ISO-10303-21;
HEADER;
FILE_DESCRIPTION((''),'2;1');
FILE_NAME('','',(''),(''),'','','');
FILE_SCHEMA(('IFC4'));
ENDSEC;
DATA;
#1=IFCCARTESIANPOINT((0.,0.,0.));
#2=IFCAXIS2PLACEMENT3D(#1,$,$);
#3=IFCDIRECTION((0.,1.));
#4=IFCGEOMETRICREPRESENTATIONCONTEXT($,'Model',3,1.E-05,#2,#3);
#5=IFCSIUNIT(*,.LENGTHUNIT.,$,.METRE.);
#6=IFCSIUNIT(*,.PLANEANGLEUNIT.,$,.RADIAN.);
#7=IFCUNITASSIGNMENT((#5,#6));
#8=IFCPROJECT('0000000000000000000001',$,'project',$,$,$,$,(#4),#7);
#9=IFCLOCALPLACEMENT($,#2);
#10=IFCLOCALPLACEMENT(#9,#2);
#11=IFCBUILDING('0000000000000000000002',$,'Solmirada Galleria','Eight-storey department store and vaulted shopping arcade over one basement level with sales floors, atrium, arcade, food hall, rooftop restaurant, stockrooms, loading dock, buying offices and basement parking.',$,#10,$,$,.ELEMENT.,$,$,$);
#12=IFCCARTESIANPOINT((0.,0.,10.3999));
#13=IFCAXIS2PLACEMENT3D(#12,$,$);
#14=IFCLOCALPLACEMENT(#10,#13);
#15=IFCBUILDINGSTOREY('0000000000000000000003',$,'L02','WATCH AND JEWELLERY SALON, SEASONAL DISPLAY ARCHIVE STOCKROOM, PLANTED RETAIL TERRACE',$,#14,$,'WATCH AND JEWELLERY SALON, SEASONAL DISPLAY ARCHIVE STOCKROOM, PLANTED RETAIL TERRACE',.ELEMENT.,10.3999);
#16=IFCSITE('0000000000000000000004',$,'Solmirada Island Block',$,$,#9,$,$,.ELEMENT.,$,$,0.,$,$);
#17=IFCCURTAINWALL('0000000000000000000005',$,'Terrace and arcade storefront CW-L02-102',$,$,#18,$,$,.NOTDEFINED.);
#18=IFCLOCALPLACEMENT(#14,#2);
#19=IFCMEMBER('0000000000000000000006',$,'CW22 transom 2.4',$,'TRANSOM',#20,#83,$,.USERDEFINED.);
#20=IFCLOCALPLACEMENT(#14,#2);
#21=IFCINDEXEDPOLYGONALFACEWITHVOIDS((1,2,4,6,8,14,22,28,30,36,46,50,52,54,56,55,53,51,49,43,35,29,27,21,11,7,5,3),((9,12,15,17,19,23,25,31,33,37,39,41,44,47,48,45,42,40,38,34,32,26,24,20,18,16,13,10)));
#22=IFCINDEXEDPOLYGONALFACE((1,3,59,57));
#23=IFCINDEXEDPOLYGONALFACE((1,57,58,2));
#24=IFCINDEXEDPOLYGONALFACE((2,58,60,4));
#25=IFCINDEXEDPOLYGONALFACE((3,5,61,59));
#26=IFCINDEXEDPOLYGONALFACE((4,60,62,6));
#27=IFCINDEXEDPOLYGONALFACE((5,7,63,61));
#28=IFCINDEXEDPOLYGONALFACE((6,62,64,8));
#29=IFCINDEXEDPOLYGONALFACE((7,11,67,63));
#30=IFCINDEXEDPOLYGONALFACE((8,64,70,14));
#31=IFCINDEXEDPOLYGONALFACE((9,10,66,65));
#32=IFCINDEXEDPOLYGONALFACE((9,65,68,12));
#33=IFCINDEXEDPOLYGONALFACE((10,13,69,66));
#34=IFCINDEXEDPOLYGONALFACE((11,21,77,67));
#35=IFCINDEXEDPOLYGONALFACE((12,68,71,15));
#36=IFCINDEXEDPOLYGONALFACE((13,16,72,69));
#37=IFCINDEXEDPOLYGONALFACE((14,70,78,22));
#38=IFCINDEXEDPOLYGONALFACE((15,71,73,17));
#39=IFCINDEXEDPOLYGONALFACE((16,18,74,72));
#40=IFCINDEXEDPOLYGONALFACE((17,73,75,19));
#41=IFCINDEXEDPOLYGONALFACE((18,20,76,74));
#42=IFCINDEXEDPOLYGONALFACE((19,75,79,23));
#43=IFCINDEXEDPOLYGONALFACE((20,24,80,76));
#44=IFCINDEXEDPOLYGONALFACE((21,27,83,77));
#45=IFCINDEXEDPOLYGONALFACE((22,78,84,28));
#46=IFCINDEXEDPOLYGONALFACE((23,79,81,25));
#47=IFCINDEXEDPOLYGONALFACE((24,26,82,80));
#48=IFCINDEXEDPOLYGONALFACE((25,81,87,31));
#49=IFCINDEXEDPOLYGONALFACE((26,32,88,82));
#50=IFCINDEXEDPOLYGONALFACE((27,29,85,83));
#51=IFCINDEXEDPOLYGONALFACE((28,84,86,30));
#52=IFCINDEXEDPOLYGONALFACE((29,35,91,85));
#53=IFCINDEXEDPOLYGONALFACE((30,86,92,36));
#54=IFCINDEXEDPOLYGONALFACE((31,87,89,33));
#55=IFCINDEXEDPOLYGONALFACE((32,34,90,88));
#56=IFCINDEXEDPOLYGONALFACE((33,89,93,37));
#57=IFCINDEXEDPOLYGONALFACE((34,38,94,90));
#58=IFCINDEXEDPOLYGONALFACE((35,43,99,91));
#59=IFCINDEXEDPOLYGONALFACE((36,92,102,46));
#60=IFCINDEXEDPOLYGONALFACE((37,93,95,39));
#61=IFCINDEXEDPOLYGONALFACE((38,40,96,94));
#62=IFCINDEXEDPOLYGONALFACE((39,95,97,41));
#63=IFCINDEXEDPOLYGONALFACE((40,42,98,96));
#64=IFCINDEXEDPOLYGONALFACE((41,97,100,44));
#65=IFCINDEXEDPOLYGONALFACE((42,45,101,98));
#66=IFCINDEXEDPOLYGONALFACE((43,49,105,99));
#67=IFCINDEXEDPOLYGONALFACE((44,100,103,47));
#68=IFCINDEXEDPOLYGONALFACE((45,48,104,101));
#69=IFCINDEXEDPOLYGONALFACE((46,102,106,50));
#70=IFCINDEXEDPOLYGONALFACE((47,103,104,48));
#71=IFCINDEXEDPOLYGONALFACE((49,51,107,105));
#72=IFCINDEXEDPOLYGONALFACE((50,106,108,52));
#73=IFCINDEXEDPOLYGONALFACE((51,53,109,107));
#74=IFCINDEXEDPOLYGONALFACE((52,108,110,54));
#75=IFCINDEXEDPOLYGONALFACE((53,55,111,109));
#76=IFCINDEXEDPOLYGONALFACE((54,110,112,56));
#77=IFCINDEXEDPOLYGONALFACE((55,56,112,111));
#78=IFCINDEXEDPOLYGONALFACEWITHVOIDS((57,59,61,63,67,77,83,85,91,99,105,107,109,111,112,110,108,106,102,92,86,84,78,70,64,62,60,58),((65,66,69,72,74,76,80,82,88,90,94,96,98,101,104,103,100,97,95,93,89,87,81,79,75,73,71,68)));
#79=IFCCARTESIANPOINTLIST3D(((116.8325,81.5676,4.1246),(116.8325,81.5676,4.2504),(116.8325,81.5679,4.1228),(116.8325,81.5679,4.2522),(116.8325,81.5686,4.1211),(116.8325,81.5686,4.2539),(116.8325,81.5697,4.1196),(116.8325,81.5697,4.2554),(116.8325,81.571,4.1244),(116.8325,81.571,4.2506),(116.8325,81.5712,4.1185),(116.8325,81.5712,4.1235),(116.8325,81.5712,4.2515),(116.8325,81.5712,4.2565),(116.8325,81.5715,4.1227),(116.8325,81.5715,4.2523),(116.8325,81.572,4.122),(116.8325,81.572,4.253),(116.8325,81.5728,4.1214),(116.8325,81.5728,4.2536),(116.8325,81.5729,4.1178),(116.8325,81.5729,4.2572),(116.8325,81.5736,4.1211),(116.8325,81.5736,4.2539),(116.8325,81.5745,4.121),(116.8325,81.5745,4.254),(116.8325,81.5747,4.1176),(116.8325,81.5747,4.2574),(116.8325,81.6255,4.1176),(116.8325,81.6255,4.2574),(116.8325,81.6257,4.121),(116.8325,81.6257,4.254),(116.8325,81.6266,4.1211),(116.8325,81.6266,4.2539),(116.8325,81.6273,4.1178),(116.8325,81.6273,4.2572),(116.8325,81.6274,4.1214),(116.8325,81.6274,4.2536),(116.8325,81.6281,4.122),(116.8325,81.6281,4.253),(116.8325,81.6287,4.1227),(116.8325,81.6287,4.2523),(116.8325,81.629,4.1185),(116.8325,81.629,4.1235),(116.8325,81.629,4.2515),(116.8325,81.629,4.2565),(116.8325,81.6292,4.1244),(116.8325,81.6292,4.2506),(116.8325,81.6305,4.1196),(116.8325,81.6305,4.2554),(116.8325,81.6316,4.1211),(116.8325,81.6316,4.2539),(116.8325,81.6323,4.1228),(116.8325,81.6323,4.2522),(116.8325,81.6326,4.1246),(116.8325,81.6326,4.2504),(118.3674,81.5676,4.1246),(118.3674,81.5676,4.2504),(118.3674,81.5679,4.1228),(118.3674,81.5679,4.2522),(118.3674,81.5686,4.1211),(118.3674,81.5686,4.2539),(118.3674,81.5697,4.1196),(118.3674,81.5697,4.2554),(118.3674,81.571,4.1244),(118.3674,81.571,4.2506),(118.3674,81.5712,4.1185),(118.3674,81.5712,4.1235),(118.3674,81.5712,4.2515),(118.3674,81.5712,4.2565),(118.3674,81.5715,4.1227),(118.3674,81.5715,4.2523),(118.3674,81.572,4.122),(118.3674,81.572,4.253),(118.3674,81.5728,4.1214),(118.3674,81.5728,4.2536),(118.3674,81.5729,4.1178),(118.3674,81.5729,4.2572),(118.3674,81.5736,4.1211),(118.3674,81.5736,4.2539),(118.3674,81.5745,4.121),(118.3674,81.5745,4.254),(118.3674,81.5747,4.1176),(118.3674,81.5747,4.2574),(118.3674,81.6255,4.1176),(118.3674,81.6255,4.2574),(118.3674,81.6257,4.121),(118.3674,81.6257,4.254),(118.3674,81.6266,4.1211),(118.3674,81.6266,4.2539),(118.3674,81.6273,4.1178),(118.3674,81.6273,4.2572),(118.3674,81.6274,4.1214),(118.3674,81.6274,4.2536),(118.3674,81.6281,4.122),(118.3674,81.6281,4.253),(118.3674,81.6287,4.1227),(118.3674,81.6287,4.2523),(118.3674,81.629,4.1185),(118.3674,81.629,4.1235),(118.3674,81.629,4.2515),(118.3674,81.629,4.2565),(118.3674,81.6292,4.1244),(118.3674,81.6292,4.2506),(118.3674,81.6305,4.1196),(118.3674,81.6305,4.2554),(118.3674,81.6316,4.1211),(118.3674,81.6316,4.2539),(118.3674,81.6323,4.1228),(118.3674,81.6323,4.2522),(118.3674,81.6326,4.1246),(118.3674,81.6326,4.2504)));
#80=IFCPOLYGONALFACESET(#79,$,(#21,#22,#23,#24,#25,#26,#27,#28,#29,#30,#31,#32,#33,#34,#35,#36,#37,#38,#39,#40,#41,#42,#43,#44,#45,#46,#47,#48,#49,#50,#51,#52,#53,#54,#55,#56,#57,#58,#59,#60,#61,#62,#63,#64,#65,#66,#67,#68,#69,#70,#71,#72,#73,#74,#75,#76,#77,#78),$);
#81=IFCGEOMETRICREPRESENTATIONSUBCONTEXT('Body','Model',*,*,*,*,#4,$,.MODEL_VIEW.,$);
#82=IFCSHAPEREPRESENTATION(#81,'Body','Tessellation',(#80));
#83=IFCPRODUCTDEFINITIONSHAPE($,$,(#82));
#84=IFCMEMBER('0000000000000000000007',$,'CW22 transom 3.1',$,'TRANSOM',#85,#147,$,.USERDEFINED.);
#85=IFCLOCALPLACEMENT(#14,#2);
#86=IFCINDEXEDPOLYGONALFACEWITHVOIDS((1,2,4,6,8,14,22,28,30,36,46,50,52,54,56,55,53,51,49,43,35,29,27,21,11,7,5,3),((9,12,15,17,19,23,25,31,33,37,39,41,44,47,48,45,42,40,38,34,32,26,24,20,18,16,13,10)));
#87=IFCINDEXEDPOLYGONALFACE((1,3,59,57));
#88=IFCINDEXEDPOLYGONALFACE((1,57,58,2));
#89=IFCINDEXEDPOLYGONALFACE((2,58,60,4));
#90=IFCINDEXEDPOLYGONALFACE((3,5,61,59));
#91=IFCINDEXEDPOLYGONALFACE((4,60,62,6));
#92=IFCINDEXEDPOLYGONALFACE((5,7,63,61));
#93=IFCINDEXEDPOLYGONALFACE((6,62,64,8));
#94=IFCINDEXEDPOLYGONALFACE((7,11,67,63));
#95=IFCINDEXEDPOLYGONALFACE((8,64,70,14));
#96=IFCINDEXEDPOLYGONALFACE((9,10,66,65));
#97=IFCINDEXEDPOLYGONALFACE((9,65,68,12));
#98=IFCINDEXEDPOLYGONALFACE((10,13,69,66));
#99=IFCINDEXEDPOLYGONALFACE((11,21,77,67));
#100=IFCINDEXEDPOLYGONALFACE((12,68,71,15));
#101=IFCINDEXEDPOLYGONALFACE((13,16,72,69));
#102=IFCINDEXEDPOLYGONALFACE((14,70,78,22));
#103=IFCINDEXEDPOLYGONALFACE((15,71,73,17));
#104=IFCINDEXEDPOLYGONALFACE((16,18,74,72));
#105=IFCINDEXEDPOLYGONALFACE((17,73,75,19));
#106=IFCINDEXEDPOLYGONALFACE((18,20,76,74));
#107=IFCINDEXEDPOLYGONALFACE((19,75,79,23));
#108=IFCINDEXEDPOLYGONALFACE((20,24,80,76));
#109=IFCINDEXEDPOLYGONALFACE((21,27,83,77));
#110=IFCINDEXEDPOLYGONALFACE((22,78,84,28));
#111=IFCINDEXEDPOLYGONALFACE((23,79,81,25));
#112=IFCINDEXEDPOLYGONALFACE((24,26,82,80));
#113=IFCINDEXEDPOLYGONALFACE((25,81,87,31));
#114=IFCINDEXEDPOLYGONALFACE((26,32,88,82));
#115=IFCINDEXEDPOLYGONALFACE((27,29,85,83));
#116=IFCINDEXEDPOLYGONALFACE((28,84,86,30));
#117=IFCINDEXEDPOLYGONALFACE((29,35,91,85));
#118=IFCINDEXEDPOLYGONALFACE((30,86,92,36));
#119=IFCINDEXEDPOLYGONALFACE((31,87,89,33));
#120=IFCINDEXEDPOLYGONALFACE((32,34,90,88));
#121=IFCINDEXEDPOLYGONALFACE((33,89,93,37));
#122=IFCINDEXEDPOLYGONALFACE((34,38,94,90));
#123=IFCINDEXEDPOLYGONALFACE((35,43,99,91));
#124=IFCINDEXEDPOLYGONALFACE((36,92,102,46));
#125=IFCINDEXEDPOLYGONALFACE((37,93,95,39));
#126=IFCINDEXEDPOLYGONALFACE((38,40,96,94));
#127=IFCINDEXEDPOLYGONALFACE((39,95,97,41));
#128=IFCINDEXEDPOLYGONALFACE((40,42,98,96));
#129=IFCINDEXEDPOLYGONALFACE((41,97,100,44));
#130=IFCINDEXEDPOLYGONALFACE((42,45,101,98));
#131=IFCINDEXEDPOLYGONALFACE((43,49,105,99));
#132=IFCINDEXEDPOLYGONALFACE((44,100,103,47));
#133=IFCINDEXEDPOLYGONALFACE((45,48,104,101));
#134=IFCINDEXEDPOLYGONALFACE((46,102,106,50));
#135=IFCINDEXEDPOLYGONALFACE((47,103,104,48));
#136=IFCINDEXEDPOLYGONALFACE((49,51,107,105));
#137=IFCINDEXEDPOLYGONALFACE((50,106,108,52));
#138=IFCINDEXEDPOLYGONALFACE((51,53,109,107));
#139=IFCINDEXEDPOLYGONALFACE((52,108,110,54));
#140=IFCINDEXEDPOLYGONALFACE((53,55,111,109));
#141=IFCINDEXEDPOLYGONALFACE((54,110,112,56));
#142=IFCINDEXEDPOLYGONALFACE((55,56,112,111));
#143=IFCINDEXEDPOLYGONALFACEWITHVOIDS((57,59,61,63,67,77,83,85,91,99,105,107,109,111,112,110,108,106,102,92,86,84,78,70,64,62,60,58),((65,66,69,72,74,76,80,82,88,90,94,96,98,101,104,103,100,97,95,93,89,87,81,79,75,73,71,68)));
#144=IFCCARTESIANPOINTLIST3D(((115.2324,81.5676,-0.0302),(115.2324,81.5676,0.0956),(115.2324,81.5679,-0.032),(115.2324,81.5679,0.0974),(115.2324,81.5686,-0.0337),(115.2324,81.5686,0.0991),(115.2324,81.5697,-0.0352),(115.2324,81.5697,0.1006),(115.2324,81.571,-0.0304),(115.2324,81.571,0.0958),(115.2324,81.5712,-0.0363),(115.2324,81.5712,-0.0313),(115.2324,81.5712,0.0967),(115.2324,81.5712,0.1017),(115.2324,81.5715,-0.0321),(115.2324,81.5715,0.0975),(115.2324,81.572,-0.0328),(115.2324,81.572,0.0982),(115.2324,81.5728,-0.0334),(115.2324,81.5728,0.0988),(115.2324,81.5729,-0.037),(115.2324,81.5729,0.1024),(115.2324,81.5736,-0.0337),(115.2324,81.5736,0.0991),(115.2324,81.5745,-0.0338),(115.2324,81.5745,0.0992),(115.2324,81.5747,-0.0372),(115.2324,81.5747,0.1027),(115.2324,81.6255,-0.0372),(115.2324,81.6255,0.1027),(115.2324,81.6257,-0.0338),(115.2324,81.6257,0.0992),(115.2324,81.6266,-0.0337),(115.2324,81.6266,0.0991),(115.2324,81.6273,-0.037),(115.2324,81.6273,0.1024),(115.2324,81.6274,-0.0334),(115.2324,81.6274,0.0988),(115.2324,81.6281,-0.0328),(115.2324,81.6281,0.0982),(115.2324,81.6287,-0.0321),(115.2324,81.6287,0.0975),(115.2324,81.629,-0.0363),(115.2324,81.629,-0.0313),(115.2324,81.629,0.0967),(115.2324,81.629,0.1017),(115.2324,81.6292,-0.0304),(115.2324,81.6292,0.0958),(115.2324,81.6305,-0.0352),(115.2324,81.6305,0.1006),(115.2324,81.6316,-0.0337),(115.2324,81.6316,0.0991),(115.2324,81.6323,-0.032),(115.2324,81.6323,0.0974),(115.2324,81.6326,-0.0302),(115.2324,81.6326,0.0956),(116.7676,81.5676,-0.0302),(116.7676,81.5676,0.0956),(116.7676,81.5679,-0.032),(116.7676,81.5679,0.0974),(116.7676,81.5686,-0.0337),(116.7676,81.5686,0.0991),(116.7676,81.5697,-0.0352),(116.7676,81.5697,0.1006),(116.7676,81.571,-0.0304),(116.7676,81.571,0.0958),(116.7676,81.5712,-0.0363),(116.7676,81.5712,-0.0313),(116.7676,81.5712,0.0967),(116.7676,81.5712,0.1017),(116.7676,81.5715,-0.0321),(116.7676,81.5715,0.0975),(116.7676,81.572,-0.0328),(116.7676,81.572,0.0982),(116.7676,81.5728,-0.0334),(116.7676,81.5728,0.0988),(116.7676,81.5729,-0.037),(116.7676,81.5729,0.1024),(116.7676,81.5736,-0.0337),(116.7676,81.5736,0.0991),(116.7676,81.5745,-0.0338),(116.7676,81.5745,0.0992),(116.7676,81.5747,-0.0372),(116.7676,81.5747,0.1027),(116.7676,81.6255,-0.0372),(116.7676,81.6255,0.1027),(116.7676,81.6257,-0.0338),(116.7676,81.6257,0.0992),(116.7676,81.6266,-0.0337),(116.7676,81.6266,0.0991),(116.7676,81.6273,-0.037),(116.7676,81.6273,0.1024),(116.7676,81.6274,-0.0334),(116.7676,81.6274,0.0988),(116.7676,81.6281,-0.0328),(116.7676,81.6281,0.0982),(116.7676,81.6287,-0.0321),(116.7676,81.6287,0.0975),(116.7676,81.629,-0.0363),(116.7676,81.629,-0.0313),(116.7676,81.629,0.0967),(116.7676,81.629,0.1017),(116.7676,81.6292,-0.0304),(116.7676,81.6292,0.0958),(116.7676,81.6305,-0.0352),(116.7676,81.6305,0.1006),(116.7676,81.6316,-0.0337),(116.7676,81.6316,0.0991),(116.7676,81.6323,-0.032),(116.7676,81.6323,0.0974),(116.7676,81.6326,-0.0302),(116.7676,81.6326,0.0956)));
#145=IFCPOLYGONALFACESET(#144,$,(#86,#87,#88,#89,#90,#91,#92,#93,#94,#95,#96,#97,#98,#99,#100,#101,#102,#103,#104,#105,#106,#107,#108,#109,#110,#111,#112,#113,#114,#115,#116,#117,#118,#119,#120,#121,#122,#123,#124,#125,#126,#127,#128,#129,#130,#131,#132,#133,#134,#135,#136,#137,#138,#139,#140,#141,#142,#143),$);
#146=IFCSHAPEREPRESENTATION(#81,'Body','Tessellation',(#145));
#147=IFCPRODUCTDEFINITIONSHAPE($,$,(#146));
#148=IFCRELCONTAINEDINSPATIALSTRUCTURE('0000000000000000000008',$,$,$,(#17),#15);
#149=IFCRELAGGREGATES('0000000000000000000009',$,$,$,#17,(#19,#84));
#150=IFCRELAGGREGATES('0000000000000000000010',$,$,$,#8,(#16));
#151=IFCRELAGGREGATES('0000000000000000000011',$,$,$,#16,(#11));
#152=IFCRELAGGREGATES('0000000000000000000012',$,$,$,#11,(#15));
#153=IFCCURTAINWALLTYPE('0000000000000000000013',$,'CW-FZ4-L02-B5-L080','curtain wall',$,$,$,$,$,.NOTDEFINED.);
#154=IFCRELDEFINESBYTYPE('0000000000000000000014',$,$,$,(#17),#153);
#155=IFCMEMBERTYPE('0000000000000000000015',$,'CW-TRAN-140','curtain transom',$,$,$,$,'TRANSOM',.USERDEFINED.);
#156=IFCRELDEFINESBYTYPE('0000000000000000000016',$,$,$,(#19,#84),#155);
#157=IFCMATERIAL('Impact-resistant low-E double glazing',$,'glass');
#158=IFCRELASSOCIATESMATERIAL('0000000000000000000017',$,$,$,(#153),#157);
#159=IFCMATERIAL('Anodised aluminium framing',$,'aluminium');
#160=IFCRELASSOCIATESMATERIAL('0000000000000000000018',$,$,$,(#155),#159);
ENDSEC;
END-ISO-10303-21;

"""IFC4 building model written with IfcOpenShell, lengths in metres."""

from ifc_helpers import new_model, si_unit, direction, frame, origin, origin_2d, place, context, subcontext, project, spatial, hollow_rectangle, extrude, material, material_profile, profile_set, type_object, element, aggregate, save


model = new_model("IFC4")

# Units and contexts
model_context = context("Model", 3, precision=1e-05, world=origin(), true_north=direction((0.0, 1.0)))
body_context = subcontext(model_context, "Body", "Model", "MODEL_VIEW")
ifc_project = project(units=[si_unit("LENGTHUNIT", "METRE"), si_unit("PLANEANGLEUNIT", "RADIAN")], contexts=[model_context])

# Site, building, storey
site_placement = place(None, origin())
site = spatial("IfcSite", under=ifc_project, at=site_placement, Name="Solmirada Island Block", CompositionType="ELEMENT", RefElevation=0.0)
building_placement = place(site_placement, origin())
building = spatial("IfcBuilding", under=site, at=building_placement, Name="Solmirada Galleria", Description="Eight-storey department store and vaulted shopping arcade over one basement level with sales floors, atrium, arcade, food hall, rooftop restaurant, stockrooms, loading dock, buying offices and basement parking.", CompositionType="ELEMENT")
storey_placement = place(building_placement, frame((0.0, 0.0, 10.3999)))
storey = spatial("IfcBuildingStorey", under=building, at=storey_placement, Name="L02", Description="WATCH AND JEWELLERY SALON, SEASONAL DISPLAY ARCHIVE STOCKROOM, PLANTED RETAIL TERRACE", LongName="WATCH AND JEWELLERY SALON, SEASONAL DISPLAY ARCHIVE STOCKROOM, PLANTED RETAIL TERRACE", CompositionType="ELEMENT", Elevation=10.3999)

# Curtain wall, members
ifc_material_1 = material(Name="Impact-resistant low-E double glazing", Category="glass")
curtain_wall_type = type_object("IfcCurtainWallType", Name="CW-FZ4-L02-B5-L080", Description="curtain wall", PredefinedType="NOTDEFINED", material=ifc_material_1)
curtain_wall_placement = place(storey_placement, origin())
curtain_wall = element("IfcCurtainWall", 1, at=curtain_wall_placement, inside=storey, type_object=curtain_wall_type, Name="Terrace and arcade storefront CW-L02-102", PredefinedType="NOTDEFINED")
ifc_material_2 = material(Name="Anodised aluminium framing", Category="aluminium")
ifc_material_profile_1 = material_profile(ifc_material_2, hollow_rectangle(XDim=0.0649, YDim=0.1399, WallThickness=0.0034, InnerFilletRadius=0.0034, OuterFilletRadius=0.0071, at=origin_2d()), Name="ALU-TRAN-140X65")
ifc_profile_set_1 = profile_set([ifc_material_profile_1], Name="Anodised aluminium framing")
member_type_1 = type_object("IfcMemberType", Name="CW-TRAN-140", Description="curtain transom", ElementType="TRANSOM", PredefinedType="USERDEFINED", material=ifc_profile_set_1)
member_1_placement = place(storey_placement, frame((118.3674, 81.6001, 4.1875), z_axis=(-1.0, 0.0, 0.0), x_axis=(0.0, -1.0, 0.0)))
member_1 = element("IfcMember", 2, at=member_1_placement, type_object=member_type_1, Name="CW22 transom 2.4", ObjectType="TRANSOM", PredefinedType="USERDEFINED", context=body_context, shape_type="SweptSolid", body=[
    extrude(hollow_rectangle(XDim=0.0649, YDim=0.1399, WallThickness=0.0034, InnerFilletRadius=0.0034, OuterFilletRadius=0.0071, at=origin_2d()), origin(), (0.0, 0.0, 1.0), 1.5349),
])
member_2_placement = place(storey_placement, frame((116.7676, 81.6001, 0.0327), z_axis=(-1.0, 0.0, 0.0), x_axis=(0.0, -1.0, 0.0)))
member_2 = element("IfcMember", 3, at=member_2_placement, type_object=member_type_1, Name="CW22 transom 3.1", ObjectType="TRANSOM", PredefinedType="USERDEFINED", context=body_context, shape_type="SweptSolid", body=[
    extrude(hollow_rectangle(XDim=0.0649, YDim=0.1399, WallThickness=0.0034, InnerFilletRadius=0.0034, OuterFilletRadius=0.0071, at=origin_2d()), origin(), (0.0, 0.0, 1.0), 1.5352),
])
aggregate(curtain_wall, [member_1, member_2])

save(model, "model.ifc")
